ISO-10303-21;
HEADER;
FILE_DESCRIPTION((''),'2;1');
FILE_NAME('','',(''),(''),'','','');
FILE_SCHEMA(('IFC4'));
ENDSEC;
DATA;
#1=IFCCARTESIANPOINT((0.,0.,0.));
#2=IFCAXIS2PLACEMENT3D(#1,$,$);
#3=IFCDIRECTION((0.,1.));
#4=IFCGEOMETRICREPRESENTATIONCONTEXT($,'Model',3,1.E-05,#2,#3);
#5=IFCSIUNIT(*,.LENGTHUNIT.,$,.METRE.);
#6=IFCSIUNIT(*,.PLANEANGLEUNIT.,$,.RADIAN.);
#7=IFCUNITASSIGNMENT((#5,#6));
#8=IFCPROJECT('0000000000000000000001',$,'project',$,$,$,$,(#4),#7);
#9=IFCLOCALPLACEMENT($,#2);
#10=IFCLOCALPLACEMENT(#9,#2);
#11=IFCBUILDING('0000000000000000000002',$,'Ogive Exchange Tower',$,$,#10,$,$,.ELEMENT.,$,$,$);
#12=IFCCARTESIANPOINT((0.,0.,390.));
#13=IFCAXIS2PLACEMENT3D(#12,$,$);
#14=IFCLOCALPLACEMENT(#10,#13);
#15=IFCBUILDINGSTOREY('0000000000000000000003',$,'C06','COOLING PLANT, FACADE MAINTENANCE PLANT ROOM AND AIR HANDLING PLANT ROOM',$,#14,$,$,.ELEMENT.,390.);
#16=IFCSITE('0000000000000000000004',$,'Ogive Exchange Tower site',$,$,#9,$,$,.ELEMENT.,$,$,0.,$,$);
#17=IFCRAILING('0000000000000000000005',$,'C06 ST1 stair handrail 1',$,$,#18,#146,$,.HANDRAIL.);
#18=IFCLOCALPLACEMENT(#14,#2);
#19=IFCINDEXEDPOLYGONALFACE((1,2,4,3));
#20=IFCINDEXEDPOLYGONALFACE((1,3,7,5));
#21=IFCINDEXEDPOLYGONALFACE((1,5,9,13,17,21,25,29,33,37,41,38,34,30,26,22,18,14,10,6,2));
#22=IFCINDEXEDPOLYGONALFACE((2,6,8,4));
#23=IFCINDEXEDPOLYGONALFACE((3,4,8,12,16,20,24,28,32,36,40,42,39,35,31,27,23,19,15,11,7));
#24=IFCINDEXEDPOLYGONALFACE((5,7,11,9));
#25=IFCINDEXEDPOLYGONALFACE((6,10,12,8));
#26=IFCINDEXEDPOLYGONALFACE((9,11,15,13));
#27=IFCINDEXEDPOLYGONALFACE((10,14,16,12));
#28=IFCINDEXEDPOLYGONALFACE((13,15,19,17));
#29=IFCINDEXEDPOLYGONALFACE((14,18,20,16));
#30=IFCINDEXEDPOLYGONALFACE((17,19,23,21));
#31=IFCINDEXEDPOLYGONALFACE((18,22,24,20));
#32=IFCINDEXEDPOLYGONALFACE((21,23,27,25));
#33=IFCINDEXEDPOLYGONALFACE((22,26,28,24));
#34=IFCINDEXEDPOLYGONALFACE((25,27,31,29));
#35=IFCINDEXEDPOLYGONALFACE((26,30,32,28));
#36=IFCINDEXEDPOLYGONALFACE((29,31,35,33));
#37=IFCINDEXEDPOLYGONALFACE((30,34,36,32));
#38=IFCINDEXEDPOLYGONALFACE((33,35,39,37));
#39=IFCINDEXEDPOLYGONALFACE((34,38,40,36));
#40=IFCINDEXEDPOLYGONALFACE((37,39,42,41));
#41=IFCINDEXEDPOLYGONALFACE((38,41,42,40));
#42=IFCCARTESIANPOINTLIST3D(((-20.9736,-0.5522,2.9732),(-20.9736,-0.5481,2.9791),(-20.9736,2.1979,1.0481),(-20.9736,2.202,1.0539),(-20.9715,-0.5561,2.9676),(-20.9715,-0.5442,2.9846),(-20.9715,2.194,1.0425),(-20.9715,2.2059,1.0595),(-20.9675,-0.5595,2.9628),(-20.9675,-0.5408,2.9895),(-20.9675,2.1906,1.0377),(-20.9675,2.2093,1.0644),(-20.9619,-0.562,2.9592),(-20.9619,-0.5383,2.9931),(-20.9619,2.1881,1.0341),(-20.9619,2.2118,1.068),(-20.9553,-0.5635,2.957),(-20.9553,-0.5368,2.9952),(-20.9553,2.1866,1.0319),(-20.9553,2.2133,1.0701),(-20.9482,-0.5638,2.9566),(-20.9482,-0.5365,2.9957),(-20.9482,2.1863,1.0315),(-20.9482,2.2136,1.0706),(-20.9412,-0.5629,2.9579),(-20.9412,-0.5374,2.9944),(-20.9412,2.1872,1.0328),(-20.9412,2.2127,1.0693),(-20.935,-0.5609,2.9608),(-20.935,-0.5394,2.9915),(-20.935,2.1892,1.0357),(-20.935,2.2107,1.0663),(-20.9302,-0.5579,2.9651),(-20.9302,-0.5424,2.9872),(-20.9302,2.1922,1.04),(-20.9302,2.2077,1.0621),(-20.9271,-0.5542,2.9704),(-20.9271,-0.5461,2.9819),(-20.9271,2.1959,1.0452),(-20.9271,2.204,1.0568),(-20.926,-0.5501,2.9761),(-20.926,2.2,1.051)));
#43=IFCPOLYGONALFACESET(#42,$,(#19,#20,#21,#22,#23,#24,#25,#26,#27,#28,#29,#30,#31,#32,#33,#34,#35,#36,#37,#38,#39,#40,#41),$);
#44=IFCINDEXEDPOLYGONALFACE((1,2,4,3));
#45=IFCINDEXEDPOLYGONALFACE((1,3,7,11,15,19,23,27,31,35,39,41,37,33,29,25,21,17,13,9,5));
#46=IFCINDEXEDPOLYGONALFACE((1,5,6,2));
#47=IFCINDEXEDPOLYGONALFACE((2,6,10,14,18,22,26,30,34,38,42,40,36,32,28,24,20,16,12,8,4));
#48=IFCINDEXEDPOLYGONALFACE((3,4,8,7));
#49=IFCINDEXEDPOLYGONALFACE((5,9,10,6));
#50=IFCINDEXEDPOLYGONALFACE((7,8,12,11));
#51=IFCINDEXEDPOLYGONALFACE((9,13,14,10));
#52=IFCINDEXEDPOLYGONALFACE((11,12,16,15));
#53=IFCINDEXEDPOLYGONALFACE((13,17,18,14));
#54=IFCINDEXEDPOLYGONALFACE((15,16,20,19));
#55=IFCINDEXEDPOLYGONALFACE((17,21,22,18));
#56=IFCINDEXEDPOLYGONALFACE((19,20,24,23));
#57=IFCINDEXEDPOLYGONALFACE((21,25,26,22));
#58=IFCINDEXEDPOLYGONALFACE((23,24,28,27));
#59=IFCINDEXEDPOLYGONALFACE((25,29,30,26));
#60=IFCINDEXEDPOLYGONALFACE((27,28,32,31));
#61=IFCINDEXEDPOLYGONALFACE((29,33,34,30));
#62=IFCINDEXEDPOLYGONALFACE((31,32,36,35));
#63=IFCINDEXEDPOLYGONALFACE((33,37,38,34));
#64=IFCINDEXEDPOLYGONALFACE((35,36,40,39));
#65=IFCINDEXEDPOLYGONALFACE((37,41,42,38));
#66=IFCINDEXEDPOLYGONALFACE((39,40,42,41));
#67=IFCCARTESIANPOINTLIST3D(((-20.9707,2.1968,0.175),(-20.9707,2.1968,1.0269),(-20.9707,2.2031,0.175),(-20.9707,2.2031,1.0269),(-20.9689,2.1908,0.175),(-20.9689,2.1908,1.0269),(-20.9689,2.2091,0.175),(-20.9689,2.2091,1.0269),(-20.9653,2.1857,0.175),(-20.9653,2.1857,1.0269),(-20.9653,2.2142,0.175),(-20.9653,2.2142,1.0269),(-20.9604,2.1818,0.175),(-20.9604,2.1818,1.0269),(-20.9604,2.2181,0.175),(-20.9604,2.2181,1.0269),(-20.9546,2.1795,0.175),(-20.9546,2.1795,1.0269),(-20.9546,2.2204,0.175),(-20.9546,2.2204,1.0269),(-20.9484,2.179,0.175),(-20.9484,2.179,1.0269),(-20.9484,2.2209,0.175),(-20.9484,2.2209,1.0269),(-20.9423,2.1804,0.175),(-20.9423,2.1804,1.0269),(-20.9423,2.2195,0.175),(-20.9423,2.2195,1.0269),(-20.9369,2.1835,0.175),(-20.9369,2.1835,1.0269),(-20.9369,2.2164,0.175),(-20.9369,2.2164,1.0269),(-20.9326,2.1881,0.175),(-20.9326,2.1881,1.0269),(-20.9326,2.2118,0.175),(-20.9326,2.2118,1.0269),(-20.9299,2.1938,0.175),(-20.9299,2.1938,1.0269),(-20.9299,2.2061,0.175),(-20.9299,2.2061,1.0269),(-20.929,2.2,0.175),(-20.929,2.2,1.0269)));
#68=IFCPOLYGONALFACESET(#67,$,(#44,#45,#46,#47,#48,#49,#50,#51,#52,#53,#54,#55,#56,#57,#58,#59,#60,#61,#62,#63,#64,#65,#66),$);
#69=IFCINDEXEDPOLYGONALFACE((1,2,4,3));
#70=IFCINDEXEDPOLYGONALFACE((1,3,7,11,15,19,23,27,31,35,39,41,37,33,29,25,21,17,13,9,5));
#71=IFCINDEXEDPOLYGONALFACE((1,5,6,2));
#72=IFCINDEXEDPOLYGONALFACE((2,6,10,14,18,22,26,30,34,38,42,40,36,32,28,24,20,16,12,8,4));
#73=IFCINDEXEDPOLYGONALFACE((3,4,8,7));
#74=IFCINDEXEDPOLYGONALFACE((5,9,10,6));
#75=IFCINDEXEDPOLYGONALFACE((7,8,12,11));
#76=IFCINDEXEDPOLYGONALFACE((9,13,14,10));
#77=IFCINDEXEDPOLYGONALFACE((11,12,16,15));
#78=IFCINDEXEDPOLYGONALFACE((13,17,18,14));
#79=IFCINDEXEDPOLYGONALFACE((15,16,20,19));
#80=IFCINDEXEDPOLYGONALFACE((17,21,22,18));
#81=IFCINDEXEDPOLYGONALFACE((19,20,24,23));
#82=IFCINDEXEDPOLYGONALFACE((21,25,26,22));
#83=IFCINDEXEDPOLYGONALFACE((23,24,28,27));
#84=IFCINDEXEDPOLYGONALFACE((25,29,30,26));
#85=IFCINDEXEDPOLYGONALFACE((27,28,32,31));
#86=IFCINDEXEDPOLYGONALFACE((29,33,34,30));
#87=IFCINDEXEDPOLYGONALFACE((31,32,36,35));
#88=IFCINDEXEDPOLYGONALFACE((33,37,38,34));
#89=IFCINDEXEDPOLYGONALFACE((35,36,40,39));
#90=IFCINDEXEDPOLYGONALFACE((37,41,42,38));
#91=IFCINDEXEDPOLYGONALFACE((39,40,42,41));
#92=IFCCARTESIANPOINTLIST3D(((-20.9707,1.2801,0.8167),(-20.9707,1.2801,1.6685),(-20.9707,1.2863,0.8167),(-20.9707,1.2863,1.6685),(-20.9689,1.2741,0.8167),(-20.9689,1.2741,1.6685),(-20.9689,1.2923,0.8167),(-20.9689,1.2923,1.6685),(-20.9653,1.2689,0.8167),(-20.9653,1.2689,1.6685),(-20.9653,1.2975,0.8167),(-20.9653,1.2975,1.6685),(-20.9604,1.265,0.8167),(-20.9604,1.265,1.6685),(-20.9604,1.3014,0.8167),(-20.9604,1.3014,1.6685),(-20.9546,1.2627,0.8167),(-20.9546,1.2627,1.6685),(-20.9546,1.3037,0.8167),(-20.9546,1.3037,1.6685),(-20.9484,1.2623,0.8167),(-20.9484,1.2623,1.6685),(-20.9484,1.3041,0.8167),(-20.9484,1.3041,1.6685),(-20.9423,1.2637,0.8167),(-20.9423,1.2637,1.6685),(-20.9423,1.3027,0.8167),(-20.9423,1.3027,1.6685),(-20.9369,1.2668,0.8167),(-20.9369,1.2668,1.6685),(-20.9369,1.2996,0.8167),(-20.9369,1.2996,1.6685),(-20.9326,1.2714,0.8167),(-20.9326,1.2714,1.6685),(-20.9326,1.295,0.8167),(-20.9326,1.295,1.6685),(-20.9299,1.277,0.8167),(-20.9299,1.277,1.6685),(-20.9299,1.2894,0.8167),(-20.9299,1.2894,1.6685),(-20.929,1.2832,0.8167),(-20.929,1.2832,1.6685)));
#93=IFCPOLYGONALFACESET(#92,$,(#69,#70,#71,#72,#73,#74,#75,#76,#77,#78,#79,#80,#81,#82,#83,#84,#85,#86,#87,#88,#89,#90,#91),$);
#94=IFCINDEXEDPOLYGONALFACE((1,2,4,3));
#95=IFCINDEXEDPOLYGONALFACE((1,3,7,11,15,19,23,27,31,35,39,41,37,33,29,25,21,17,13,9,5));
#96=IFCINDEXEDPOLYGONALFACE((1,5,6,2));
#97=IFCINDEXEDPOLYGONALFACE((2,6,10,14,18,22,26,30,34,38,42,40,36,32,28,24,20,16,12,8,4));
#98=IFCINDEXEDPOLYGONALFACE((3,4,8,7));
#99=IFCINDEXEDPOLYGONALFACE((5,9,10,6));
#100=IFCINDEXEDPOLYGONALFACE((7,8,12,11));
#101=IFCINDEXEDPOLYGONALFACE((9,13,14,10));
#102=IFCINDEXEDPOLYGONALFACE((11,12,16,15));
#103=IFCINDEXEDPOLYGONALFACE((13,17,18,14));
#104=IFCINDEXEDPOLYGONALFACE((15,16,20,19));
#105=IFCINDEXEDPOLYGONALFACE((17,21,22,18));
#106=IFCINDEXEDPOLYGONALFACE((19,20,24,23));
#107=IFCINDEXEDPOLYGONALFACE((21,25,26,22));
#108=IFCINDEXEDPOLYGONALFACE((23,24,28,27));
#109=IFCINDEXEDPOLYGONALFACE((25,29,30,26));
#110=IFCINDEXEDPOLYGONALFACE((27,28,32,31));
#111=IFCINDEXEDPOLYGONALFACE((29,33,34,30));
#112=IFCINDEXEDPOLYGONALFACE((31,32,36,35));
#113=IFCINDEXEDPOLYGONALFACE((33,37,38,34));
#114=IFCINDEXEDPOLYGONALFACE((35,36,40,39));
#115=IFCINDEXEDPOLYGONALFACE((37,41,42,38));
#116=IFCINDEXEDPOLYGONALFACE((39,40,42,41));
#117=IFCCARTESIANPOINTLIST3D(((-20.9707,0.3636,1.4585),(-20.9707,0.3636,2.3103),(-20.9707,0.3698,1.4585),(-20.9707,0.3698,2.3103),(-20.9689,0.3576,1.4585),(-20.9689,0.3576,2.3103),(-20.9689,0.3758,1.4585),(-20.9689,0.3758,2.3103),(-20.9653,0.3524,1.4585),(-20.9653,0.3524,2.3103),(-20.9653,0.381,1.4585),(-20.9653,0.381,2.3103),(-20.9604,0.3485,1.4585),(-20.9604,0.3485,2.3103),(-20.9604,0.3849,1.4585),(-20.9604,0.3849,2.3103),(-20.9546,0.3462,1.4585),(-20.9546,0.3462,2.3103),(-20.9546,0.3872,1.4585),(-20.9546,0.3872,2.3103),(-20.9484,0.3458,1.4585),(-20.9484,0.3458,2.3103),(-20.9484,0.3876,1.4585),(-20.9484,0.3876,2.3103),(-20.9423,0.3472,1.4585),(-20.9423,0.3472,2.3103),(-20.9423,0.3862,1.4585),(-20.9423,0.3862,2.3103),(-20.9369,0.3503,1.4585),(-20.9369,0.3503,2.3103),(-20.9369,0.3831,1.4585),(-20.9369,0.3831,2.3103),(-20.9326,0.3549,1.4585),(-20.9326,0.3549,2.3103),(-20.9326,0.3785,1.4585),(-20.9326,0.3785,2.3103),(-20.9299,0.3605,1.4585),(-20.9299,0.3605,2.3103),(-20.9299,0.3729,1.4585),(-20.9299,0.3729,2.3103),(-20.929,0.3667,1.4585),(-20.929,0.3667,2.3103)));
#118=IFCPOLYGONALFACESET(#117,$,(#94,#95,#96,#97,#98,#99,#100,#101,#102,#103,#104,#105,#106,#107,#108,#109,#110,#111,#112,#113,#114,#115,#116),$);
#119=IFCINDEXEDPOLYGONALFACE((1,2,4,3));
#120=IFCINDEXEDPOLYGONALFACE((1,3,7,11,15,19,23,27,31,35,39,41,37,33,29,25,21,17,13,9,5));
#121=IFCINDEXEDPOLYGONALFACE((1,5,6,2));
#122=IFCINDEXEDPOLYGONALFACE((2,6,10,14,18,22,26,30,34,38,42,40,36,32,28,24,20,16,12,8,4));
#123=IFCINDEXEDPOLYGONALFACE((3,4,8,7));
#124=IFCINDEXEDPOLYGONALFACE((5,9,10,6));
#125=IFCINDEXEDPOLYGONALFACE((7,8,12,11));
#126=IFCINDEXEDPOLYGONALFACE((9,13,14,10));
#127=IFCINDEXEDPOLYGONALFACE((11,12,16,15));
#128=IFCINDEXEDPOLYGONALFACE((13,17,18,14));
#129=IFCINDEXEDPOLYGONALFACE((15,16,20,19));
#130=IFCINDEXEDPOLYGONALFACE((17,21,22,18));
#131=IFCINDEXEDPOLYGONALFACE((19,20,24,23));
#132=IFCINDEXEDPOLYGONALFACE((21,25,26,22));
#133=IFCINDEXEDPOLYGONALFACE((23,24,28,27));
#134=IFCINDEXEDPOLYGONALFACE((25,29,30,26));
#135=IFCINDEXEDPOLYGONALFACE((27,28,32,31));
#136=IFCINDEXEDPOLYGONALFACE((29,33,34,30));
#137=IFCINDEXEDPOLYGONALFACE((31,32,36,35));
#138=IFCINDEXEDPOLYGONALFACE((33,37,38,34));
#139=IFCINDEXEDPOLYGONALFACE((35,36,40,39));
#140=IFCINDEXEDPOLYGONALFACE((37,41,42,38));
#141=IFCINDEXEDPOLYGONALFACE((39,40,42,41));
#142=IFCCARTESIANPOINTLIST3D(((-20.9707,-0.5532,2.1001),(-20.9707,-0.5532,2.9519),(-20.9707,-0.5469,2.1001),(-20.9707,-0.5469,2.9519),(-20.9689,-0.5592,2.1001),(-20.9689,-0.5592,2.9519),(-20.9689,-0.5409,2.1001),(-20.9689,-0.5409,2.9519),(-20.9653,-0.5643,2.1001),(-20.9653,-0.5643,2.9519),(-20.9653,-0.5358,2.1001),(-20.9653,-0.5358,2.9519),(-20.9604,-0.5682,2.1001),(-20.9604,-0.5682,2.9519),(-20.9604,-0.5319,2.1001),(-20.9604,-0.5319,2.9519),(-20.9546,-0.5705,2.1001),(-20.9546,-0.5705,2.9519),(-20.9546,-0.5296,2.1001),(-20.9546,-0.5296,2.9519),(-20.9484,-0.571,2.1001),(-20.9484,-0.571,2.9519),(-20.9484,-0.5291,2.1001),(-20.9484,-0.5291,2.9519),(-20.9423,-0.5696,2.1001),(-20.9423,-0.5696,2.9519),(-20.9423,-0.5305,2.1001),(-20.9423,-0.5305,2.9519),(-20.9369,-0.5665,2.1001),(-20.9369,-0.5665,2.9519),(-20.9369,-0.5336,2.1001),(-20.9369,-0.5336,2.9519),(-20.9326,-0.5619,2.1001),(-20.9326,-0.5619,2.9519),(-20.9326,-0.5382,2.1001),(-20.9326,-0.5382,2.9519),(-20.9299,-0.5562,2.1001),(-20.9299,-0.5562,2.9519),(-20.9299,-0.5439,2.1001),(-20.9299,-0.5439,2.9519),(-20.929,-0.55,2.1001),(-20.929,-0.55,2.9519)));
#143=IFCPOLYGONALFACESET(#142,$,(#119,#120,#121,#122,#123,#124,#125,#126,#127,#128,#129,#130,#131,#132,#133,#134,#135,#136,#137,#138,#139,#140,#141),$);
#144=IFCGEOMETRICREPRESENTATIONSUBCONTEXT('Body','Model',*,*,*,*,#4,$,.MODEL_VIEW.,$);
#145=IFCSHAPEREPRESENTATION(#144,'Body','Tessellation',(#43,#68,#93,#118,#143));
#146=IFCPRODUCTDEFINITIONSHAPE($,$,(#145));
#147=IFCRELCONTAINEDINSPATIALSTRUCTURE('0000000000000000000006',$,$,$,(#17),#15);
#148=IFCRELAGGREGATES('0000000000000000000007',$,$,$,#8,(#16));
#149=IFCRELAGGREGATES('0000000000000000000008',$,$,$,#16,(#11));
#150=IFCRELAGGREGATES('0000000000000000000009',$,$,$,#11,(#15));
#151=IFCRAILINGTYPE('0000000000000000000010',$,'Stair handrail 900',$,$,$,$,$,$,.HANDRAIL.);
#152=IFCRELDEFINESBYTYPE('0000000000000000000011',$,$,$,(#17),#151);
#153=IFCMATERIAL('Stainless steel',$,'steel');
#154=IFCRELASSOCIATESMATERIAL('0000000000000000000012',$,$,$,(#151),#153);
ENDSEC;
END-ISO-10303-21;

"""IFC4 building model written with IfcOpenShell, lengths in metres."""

from ifc_helpers import new_model, si_unit, direction, frame, origin, origin_2d, place, context, subcontext, project, spatial, circle, extrude, material, type_object, element, save


model = new_model("IFC4")

# Units and contexts
model_context = context("Model", 3, precision=1e-05, world=origin(), true_north=direction((0.0, 1.0)))
body_context = subcontext(model_context, "Body", "Model", "MODEL_VIEW")
ifc_project = project(units=[si_unit("LENGTHUNIT", "METRE"), si_unit("PLANEANGLEUNIT", "RADIAN")], contexts=[model_context])

# Site, building, storey
site_placement = place(None, origin())
site = spatial("IfcSite", under=ifc_project, at=site_placement, Name="Ogive Exchange Tower site", CompositionType="ELEMENT", RefElevation=0.0)
building_placement = place(site_placement, origin())
building = spatial("IfcBuilding", under=site, at=building_placement, Name="Ogive Exchange Tower", CompositionType="ELEMENT")
storey_placement = place(building_placement, frame((0.0, 0.0, 390.0)))
storey = spatial("IfcBuildingStorey", under=building, at=storey_placement, Name="C06", Description="COOLING PLANT, FACADE MAINTENANCE PLANT ROOM AND AIR HANDLING PLANT ROOM", CompositionType="ELEMENT", Elevation=390.0)

# Railing
ifc_material_1 = material(Name="Stainless steel", Category="steel")
railing_type = type_object("IfcRailingType", Name="Stair handrail 900", PredefinedType="HANDRAIL", material=ifc_material_1)
railing_placement = place(storey_placement, frame((-20.95, 2.2, 0.175)))
element("IfcRailing", 1, at=railing_placement, inside=storey, type_object=railing_type, Name="C06 ST1 stair handrail 1", PredefinedType="HANDRAIL", context=body_context, shape_type="SweptSolid", body=[
    extrude(circle(Radius=0.0239, at=origin_2d()), frame((0.0, 0.0, 0.876), z_axis=(0.0, -0.819225, 0.573472), x_axis=(1.0, 0.0, 0.0)), (0.0, 0.0, 1.0), 3.3569),
    extrude(circle(Radius=0.021, at=origin_2d()), origin(), (0.0, 0.0, 1.0), 0.8518),
    extrude(circle(Radius=0.021, at=origin_2d()), frame((0.0, -0.9167, 0.6416)), (0.0, 0.0, 1.0), 0.8518),
    extrude(circle(Radius=0.021, at=origin_2d()), frame((0.0, -1.8333, 1.2834)), (0.0, 0.0, 1.0), 0.8518),
    extrude(circle(Radius=0.021, at=origin_2d()), frame((0.0, -2.75, 1.925)), (0.0, 0.0, 1.0), 0.8518),
])

save(model, "model.ifc")
